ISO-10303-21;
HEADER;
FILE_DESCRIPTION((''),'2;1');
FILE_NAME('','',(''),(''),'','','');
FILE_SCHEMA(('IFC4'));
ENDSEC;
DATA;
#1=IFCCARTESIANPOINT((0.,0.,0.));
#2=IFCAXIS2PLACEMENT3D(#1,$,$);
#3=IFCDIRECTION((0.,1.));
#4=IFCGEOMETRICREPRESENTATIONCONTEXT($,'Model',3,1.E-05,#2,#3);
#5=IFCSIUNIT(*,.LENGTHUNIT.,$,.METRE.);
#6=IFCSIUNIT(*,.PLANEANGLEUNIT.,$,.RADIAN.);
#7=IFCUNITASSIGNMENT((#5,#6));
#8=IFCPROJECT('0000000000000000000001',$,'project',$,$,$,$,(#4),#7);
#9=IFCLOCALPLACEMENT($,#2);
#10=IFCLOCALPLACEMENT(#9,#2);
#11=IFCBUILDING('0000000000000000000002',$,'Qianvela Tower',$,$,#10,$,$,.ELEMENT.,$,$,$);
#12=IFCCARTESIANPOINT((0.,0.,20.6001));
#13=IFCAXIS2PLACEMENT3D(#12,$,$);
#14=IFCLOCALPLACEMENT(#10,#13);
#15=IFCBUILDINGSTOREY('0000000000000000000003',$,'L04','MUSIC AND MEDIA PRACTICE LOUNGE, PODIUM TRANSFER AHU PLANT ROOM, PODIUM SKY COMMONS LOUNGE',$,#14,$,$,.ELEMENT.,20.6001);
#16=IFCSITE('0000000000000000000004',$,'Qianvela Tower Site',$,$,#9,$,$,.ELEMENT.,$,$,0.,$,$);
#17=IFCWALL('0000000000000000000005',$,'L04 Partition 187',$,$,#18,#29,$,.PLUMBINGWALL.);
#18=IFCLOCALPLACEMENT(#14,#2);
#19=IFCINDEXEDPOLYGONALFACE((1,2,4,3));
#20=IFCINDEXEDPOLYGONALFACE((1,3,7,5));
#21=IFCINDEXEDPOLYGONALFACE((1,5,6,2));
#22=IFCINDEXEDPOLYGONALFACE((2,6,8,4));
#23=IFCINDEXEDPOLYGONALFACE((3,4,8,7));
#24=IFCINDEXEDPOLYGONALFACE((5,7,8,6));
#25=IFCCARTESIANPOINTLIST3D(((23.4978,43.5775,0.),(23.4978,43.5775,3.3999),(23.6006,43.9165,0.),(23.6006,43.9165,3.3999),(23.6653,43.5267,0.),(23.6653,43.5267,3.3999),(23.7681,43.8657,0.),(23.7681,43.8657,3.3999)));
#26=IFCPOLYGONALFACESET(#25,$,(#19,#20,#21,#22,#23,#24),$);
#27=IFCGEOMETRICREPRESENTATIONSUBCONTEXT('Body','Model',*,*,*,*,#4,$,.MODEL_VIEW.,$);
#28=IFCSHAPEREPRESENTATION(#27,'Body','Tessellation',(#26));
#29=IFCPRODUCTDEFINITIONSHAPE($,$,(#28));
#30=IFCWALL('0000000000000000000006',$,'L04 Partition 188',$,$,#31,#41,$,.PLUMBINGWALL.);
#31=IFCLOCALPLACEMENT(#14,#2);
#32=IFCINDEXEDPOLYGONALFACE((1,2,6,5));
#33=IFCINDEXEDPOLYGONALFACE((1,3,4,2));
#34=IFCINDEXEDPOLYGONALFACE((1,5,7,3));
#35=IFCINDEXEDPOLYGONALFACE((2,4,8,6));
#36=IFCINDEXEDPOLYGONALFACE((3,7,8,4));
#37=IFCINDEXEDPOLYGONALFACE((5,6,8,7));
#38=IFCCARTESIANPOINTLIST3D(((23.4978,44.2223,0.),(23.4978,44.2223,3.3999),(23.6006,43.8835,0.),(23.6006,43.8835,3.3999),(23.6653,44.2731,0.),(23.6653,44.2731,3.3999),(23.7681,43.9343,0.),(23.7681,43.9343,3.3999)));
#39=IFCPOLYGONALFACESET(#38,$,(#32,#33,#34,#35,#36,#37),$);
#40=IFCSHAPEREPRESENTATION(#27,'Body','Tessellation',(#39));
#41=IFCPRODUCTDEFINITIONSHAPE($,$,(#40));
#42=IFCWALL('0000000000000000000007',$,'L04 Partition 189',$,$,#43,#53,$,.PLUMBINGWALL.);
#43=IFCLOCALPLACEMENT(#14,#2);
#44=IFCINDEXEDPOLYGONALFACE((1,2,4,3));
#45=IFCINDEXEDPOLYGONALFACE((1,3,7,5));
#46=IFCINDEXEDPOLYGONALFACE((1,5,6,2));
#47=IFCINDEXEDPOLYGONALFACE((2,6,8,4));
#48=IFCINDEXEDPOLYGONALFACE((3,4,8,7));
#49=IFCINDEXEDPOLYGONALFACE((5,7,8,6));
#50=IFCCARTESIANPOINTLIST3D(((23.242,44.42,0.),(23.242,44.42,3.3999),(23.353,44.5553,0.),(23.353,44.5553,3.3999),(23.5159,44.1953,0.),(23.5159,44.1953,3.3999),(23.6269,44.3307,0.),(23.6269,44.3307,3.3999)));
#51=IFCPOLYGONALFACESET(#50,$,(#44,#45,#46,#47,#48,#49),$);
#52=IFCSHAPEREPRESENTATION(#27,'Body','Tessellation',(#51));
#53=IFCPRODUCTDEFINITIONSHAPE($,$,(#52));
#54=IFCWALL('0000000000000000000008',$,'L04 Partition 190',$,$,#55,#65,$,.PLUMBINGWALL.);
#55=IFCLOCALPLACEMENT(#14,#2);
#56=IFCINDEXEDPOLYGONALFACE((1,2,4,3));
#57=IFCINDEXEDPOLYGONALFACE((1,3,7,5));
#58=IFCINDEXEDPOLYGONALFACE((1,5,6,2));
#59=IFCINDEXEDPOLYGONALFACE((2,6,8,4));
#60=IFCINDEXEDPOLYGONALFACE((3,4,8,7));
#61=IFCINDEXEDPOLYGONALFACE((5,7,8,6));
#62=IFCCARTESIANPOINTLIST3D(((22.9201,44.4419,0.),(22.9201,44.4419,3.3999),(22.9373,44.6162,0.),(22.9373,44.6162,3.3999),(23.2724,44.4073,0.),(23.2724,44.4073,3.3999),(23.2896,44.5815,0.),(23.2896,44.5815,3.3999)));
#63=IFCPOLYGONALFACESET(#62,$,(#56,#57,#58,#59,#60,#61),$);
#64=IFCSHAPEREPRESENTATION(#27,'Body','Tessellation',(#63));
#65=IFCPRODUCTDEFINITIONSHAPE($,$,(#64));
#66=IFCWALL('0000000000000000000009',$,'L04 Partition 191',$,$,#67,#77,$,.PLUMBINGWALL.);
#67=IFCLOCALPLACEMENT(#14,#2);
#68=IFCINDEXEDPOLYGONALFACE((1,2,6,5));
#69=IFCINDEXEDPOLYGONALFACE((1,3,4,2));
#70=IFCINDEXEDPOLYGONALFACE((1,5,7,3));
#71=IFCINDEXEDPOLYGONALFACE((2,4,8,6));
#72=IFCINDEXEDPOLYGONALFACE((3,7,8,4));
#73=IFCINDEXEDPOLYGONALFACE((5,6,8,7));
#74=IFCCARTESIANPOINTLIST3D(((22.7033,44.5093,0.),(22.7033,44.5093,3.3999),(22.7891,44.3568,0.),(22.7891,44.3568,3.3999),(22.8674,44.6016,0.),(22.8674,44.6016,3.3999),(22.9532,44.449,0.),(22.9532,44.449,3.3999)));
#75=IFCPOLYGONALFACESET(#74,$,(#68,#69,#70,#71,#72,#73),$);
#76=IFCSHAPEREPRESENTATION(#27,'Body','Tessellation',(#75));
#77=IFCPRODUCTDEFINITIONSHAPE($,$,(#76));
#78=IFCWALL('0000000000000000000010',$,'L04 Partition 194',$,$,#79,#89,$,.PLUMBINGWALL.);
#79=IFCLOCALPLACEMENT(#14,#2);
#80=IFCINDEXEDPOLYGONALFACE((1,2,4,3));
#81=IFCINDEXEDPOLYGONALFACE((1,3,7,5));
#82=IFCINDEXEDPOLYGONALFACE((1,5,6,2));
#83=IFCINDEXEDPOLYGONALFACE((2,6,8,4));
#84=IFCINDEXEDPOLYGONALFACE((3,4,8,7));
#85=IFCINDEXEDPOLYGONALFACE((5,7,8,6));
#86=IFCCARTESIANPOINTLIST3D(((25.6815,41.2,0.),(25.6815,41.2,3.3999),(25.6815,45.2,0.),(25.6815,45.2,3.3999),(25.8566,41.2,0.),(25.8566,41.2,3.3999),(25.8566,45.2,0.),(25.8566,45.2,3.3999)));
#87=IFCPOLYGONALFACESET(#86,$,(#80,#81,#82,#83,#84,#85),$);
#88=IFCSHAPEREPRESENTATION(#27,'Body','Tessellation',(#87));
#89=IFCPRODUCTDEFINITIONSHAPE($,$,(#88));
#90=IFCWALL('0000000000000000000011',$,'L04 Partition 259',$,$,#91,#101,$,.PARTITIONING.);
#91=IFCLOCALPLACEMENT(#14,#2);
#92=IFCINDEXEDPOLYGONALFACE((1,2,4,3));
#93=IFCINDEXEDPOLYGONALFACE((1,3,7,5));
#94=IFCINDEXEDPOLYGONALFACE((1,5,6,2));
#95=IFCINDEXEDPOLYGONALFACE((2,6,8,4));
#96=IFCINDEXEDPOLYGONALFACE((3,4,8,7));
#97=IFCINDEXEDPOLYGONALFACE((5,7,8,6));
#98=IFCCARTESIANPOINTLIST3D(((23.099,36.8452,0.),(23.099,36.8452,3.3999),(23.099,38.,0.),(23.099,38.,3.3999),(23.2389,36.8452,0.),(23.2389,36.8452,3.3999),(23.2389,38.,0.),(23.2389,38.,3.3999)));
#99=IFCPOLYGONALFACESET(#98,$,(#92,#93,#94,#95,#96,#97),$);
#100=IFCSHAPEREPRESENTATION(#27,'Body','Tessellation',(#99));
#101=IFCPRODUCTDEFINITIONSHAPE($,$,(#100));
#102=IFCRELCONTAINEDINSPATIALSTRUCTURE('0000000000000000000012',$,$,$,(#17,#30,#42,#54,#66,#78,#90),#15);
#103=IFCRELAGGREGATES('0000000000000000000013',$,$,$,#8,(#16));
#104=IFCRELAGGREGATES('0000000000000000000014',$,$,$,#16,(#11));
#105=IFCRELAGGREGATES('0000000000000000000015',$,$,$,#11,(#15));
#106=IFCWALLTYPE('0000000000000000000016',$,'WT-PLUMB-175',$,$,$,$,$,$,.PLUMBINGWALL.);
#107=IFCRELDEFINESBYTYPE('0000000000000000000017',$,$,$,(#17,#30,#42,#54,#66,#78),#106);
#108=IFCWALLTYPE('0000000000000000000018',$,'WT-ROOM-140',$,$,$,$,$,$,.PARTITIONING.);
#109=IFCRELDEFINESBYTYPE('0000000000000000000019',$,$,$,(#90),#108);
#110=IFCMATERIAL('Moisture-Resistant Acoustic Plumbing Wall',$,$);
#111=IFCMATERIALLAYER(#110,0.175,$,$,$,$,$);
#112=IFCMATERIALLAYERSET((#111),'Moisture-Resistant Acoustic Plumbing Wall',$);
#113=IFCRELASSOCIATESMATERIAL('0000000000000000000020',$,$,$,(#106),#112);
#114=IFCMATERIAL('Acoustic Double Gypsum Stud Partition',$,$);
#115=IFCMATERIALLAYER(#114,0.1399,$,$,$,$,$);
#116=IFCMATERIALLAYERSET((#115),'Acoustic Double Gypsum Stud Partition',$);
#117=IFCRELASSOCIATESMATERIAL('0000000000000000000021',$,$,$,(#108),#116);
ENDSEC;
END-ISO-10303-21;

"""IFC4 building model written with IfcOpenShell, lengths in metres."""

from ifc_helpers import new_model, si_unit, direction, frame, frame_2d, origin, place, context, subcontext, project, spatial, rectangle, extrude, material, layer, layer_set, type_object, element, save


model = new_model("IFC4")

# Units and contexts
model_context = context("Model", 3, precision=1e-05, world=origin(), true_north=direction((0.0, 1.0)))
body_context = subcontext(model_context, "Body", "Model", "MODEL_VIEW")
ifc_project = project(units=[si_unit("LENGTHUNIT", "METRE"), si_unit("PLANEANGLEUNIT", "RADIAN")], contexts=[model_context])

# Site, building, storey
site_placement = place(None, origin())
site = spatial("IfcSite", under=ifc_project, at=site_placement, Name="Qianvela Tower Site", CompositionType="ELEMENT", RefElevation=0.0)
building_placement = place(site_placement, origin())
building = spatial("IfcBuilding", under=site, at=building_placement, Name="Qianvela Tower", CompositionType="ELEMENT")
storey_placement = place(building_placement, frame((0.0, 0.0, 20.6001)))
storey = spatial("IfcBuildingStorey", under=building, at=storey_placement, Name="L04", Description="MUSIC AND MEDIA PRACTICE LOUNGE, PODIUM TRANSFER AHU PLANT ROOM, PODIUM SKY COMMONS LOUNGE", CompositionType="ELEMENT", Elevation=20.6001)

# Walls
ifc_material_1 = material(Name="Moisture-Resistant Acoustic Plumbing Wall")
ifc_layer_1 = layer(ifc_material_1, 0.175)
ifc_layer_set_1 = layer_set([ifc_layer_1], Name="Moisture-Resistant Acoustic Plumbing Wall")
wall_type_1 = type_object("IfcWallType", Name="WT-PLUMB-175", PredefinedType="PLUMBINGWALL", material=ifc_layer_set_1)
for number, where, z_axis, x_axis, name in (
    (1, (23.5815, 43.552, 0.0), (0.0, 0.0, 1.0), (0.290065, 0.957007, 0.0), "L04 Partition 187"),
):
    element("IfcWall", number, at=place(storey_placement, frame(where, z_axis=z_axis, x_axis=x_axis)), inside=storey, type_object=wall_type_1, Name=name, PredefinedType="PLUMBINGWALL", context=body_context, shape_type="SweptSolid", body=[
        extrude(rectangle(XDim=0.3542, YDim=0.175, at=frame_2d((0.1772, 0.0))), origin(), (0.0, 0.0, 1.0), 3.3999),
    ])
wall_1_placement = place(storey_placement, frame((23.6843, 43.9089, 0.0), z_axis=(0.0, 0.0, 1.0), x_axis=(-0.290256, 0.956949, 0.0)))
element("IfcWall", 2, at=wall_1_placement, inside=storey, type_object=wall_type_1, Name="L04 Partition 188", PredefinedType="PLUMBINGWALL", context=body_context, shape_type="SweptSolid", body=[
    extrude(rectangle(XDim=0.354, YDim=0.175, at=frame_2d((0.177, 0.0))), origin(), (0.0, 0.0, 1.0), 3.3999),
])
wall_2_placement = place(storey_placement, frame((23.5715, 44.2629, 0.0), z_axis=(0.0, 0.0, 1.0), x_axis=(-0.773281, 0.634063, 0.0)))
element("IfcWall", 3, at=wall_2_placement, inside=storey, type_object=wall_type_1, Name="L04 Partition 189", PredefinedType="PLUMBINGWALL", context=body_context, shape_type="SweptSolid", body=[
    extrude(rectangle(XDim=0.3542, YDim=0.175, at=frame_2d((0.1772, 0.0))), origin(), (0.0, 0.0, 1.0), 3.3999),
])
wall_3_placement = place(storey_placement, frame((23.281, 44.4944, 0.0), z_axis=(0.0, 0.0, 1.0), x_axis=(-0.995193, 0.097933, 0.0)))
element("IfcWall", 4, at=wall_3_placement, inside=storey, type_object=wall_type_1, Name="L04 Partition 190", PredefinedType="PLUMBINGWALL", context=body_context, shape_type="SweptSolid", body=[
    extrude(rectangle(XDim=0.354, YDim=0.175, at=frame_2d((0.177, 0.0))), origin(), (0.0, 0.0, 1.0), 3.3999),
])
wall_4_placement = place(storey_placement, frame((22.9104, 44.5254, 0.0), z_axis=(0.0, 0.0, 1.0), x_axis=(-0.871576, -0.490261, 0.0)))
element("IfcWall", 5, at=wall_4_placement, inside=storey, type_object=wall_type_1, Name="L04 Partition 191", PredefinedType="PLUMBINGWALL", context=body_context, shape_type="SweptSolid", body=[
    extrude(rectangle(XDim=0.1882, YDim=0.175, at=frame_2d((0.0942, 0.0))), origin(), (0.0, 0.0, 1.0), 3.3999),
])
wall_5_placement = place(storey_placement, frame((25.769, 45.2, 0.0), z_axis=(0.0, 0.0, 1.0), x_axis=(0.0, -1.0, 0.0)))
element("IfcWall", 6, at=wall_5_placement, inside=storey, type_object=wall_type_1, Name="L04 Partition 194", PredefinedType="PLUMBINGWALL", context=body_context, shape_type="SweptSolid", body=[
    extrude(rectangle(XDim=4.0, YDim=0.175, at=frame_2d((2.0, 0.0))), origin(), (0.0, 0.0, 1.0), 3.3999),
])
ifc_material_2 = material(Name="Acoustic Double Gypsum Stud Partition")
ifc_layer_2 = layer(ifc_material_2, 0.1399)
ifc_layer_set_2 = layer_set([ifc_layer_2], Name="Acoustic Double Gypsum Stud Partition")
wall_type_2 = type_object("IfcWallType", Name="WT-ROOM-140", PredefinedType="PARTITIONING", material=ifc_layer_set_2)
wall_6_placement = place(storey_placement, frame((23.1689, 38.0, 0.0), z_axis=(0.0, 0.0, 1.0), x_axis=(0.0, -1.0, 0.0)))
element("IfcWall", 7, at=wall_6_placement, inside=storey, type_object=wall_type_2, Name="L04 Partition 259", PredefinedType="PARTITIONING", context=body_context, shape_type="SweptSolid", body=[
    extrude(rectangle(XDim=1.1548, YDim=0.1399, at=frame_2d((0.5774, 0.0))), origin(), (0.0, 0.0, 1.0), 3.3999),
])

save(model, "model.ifc")
